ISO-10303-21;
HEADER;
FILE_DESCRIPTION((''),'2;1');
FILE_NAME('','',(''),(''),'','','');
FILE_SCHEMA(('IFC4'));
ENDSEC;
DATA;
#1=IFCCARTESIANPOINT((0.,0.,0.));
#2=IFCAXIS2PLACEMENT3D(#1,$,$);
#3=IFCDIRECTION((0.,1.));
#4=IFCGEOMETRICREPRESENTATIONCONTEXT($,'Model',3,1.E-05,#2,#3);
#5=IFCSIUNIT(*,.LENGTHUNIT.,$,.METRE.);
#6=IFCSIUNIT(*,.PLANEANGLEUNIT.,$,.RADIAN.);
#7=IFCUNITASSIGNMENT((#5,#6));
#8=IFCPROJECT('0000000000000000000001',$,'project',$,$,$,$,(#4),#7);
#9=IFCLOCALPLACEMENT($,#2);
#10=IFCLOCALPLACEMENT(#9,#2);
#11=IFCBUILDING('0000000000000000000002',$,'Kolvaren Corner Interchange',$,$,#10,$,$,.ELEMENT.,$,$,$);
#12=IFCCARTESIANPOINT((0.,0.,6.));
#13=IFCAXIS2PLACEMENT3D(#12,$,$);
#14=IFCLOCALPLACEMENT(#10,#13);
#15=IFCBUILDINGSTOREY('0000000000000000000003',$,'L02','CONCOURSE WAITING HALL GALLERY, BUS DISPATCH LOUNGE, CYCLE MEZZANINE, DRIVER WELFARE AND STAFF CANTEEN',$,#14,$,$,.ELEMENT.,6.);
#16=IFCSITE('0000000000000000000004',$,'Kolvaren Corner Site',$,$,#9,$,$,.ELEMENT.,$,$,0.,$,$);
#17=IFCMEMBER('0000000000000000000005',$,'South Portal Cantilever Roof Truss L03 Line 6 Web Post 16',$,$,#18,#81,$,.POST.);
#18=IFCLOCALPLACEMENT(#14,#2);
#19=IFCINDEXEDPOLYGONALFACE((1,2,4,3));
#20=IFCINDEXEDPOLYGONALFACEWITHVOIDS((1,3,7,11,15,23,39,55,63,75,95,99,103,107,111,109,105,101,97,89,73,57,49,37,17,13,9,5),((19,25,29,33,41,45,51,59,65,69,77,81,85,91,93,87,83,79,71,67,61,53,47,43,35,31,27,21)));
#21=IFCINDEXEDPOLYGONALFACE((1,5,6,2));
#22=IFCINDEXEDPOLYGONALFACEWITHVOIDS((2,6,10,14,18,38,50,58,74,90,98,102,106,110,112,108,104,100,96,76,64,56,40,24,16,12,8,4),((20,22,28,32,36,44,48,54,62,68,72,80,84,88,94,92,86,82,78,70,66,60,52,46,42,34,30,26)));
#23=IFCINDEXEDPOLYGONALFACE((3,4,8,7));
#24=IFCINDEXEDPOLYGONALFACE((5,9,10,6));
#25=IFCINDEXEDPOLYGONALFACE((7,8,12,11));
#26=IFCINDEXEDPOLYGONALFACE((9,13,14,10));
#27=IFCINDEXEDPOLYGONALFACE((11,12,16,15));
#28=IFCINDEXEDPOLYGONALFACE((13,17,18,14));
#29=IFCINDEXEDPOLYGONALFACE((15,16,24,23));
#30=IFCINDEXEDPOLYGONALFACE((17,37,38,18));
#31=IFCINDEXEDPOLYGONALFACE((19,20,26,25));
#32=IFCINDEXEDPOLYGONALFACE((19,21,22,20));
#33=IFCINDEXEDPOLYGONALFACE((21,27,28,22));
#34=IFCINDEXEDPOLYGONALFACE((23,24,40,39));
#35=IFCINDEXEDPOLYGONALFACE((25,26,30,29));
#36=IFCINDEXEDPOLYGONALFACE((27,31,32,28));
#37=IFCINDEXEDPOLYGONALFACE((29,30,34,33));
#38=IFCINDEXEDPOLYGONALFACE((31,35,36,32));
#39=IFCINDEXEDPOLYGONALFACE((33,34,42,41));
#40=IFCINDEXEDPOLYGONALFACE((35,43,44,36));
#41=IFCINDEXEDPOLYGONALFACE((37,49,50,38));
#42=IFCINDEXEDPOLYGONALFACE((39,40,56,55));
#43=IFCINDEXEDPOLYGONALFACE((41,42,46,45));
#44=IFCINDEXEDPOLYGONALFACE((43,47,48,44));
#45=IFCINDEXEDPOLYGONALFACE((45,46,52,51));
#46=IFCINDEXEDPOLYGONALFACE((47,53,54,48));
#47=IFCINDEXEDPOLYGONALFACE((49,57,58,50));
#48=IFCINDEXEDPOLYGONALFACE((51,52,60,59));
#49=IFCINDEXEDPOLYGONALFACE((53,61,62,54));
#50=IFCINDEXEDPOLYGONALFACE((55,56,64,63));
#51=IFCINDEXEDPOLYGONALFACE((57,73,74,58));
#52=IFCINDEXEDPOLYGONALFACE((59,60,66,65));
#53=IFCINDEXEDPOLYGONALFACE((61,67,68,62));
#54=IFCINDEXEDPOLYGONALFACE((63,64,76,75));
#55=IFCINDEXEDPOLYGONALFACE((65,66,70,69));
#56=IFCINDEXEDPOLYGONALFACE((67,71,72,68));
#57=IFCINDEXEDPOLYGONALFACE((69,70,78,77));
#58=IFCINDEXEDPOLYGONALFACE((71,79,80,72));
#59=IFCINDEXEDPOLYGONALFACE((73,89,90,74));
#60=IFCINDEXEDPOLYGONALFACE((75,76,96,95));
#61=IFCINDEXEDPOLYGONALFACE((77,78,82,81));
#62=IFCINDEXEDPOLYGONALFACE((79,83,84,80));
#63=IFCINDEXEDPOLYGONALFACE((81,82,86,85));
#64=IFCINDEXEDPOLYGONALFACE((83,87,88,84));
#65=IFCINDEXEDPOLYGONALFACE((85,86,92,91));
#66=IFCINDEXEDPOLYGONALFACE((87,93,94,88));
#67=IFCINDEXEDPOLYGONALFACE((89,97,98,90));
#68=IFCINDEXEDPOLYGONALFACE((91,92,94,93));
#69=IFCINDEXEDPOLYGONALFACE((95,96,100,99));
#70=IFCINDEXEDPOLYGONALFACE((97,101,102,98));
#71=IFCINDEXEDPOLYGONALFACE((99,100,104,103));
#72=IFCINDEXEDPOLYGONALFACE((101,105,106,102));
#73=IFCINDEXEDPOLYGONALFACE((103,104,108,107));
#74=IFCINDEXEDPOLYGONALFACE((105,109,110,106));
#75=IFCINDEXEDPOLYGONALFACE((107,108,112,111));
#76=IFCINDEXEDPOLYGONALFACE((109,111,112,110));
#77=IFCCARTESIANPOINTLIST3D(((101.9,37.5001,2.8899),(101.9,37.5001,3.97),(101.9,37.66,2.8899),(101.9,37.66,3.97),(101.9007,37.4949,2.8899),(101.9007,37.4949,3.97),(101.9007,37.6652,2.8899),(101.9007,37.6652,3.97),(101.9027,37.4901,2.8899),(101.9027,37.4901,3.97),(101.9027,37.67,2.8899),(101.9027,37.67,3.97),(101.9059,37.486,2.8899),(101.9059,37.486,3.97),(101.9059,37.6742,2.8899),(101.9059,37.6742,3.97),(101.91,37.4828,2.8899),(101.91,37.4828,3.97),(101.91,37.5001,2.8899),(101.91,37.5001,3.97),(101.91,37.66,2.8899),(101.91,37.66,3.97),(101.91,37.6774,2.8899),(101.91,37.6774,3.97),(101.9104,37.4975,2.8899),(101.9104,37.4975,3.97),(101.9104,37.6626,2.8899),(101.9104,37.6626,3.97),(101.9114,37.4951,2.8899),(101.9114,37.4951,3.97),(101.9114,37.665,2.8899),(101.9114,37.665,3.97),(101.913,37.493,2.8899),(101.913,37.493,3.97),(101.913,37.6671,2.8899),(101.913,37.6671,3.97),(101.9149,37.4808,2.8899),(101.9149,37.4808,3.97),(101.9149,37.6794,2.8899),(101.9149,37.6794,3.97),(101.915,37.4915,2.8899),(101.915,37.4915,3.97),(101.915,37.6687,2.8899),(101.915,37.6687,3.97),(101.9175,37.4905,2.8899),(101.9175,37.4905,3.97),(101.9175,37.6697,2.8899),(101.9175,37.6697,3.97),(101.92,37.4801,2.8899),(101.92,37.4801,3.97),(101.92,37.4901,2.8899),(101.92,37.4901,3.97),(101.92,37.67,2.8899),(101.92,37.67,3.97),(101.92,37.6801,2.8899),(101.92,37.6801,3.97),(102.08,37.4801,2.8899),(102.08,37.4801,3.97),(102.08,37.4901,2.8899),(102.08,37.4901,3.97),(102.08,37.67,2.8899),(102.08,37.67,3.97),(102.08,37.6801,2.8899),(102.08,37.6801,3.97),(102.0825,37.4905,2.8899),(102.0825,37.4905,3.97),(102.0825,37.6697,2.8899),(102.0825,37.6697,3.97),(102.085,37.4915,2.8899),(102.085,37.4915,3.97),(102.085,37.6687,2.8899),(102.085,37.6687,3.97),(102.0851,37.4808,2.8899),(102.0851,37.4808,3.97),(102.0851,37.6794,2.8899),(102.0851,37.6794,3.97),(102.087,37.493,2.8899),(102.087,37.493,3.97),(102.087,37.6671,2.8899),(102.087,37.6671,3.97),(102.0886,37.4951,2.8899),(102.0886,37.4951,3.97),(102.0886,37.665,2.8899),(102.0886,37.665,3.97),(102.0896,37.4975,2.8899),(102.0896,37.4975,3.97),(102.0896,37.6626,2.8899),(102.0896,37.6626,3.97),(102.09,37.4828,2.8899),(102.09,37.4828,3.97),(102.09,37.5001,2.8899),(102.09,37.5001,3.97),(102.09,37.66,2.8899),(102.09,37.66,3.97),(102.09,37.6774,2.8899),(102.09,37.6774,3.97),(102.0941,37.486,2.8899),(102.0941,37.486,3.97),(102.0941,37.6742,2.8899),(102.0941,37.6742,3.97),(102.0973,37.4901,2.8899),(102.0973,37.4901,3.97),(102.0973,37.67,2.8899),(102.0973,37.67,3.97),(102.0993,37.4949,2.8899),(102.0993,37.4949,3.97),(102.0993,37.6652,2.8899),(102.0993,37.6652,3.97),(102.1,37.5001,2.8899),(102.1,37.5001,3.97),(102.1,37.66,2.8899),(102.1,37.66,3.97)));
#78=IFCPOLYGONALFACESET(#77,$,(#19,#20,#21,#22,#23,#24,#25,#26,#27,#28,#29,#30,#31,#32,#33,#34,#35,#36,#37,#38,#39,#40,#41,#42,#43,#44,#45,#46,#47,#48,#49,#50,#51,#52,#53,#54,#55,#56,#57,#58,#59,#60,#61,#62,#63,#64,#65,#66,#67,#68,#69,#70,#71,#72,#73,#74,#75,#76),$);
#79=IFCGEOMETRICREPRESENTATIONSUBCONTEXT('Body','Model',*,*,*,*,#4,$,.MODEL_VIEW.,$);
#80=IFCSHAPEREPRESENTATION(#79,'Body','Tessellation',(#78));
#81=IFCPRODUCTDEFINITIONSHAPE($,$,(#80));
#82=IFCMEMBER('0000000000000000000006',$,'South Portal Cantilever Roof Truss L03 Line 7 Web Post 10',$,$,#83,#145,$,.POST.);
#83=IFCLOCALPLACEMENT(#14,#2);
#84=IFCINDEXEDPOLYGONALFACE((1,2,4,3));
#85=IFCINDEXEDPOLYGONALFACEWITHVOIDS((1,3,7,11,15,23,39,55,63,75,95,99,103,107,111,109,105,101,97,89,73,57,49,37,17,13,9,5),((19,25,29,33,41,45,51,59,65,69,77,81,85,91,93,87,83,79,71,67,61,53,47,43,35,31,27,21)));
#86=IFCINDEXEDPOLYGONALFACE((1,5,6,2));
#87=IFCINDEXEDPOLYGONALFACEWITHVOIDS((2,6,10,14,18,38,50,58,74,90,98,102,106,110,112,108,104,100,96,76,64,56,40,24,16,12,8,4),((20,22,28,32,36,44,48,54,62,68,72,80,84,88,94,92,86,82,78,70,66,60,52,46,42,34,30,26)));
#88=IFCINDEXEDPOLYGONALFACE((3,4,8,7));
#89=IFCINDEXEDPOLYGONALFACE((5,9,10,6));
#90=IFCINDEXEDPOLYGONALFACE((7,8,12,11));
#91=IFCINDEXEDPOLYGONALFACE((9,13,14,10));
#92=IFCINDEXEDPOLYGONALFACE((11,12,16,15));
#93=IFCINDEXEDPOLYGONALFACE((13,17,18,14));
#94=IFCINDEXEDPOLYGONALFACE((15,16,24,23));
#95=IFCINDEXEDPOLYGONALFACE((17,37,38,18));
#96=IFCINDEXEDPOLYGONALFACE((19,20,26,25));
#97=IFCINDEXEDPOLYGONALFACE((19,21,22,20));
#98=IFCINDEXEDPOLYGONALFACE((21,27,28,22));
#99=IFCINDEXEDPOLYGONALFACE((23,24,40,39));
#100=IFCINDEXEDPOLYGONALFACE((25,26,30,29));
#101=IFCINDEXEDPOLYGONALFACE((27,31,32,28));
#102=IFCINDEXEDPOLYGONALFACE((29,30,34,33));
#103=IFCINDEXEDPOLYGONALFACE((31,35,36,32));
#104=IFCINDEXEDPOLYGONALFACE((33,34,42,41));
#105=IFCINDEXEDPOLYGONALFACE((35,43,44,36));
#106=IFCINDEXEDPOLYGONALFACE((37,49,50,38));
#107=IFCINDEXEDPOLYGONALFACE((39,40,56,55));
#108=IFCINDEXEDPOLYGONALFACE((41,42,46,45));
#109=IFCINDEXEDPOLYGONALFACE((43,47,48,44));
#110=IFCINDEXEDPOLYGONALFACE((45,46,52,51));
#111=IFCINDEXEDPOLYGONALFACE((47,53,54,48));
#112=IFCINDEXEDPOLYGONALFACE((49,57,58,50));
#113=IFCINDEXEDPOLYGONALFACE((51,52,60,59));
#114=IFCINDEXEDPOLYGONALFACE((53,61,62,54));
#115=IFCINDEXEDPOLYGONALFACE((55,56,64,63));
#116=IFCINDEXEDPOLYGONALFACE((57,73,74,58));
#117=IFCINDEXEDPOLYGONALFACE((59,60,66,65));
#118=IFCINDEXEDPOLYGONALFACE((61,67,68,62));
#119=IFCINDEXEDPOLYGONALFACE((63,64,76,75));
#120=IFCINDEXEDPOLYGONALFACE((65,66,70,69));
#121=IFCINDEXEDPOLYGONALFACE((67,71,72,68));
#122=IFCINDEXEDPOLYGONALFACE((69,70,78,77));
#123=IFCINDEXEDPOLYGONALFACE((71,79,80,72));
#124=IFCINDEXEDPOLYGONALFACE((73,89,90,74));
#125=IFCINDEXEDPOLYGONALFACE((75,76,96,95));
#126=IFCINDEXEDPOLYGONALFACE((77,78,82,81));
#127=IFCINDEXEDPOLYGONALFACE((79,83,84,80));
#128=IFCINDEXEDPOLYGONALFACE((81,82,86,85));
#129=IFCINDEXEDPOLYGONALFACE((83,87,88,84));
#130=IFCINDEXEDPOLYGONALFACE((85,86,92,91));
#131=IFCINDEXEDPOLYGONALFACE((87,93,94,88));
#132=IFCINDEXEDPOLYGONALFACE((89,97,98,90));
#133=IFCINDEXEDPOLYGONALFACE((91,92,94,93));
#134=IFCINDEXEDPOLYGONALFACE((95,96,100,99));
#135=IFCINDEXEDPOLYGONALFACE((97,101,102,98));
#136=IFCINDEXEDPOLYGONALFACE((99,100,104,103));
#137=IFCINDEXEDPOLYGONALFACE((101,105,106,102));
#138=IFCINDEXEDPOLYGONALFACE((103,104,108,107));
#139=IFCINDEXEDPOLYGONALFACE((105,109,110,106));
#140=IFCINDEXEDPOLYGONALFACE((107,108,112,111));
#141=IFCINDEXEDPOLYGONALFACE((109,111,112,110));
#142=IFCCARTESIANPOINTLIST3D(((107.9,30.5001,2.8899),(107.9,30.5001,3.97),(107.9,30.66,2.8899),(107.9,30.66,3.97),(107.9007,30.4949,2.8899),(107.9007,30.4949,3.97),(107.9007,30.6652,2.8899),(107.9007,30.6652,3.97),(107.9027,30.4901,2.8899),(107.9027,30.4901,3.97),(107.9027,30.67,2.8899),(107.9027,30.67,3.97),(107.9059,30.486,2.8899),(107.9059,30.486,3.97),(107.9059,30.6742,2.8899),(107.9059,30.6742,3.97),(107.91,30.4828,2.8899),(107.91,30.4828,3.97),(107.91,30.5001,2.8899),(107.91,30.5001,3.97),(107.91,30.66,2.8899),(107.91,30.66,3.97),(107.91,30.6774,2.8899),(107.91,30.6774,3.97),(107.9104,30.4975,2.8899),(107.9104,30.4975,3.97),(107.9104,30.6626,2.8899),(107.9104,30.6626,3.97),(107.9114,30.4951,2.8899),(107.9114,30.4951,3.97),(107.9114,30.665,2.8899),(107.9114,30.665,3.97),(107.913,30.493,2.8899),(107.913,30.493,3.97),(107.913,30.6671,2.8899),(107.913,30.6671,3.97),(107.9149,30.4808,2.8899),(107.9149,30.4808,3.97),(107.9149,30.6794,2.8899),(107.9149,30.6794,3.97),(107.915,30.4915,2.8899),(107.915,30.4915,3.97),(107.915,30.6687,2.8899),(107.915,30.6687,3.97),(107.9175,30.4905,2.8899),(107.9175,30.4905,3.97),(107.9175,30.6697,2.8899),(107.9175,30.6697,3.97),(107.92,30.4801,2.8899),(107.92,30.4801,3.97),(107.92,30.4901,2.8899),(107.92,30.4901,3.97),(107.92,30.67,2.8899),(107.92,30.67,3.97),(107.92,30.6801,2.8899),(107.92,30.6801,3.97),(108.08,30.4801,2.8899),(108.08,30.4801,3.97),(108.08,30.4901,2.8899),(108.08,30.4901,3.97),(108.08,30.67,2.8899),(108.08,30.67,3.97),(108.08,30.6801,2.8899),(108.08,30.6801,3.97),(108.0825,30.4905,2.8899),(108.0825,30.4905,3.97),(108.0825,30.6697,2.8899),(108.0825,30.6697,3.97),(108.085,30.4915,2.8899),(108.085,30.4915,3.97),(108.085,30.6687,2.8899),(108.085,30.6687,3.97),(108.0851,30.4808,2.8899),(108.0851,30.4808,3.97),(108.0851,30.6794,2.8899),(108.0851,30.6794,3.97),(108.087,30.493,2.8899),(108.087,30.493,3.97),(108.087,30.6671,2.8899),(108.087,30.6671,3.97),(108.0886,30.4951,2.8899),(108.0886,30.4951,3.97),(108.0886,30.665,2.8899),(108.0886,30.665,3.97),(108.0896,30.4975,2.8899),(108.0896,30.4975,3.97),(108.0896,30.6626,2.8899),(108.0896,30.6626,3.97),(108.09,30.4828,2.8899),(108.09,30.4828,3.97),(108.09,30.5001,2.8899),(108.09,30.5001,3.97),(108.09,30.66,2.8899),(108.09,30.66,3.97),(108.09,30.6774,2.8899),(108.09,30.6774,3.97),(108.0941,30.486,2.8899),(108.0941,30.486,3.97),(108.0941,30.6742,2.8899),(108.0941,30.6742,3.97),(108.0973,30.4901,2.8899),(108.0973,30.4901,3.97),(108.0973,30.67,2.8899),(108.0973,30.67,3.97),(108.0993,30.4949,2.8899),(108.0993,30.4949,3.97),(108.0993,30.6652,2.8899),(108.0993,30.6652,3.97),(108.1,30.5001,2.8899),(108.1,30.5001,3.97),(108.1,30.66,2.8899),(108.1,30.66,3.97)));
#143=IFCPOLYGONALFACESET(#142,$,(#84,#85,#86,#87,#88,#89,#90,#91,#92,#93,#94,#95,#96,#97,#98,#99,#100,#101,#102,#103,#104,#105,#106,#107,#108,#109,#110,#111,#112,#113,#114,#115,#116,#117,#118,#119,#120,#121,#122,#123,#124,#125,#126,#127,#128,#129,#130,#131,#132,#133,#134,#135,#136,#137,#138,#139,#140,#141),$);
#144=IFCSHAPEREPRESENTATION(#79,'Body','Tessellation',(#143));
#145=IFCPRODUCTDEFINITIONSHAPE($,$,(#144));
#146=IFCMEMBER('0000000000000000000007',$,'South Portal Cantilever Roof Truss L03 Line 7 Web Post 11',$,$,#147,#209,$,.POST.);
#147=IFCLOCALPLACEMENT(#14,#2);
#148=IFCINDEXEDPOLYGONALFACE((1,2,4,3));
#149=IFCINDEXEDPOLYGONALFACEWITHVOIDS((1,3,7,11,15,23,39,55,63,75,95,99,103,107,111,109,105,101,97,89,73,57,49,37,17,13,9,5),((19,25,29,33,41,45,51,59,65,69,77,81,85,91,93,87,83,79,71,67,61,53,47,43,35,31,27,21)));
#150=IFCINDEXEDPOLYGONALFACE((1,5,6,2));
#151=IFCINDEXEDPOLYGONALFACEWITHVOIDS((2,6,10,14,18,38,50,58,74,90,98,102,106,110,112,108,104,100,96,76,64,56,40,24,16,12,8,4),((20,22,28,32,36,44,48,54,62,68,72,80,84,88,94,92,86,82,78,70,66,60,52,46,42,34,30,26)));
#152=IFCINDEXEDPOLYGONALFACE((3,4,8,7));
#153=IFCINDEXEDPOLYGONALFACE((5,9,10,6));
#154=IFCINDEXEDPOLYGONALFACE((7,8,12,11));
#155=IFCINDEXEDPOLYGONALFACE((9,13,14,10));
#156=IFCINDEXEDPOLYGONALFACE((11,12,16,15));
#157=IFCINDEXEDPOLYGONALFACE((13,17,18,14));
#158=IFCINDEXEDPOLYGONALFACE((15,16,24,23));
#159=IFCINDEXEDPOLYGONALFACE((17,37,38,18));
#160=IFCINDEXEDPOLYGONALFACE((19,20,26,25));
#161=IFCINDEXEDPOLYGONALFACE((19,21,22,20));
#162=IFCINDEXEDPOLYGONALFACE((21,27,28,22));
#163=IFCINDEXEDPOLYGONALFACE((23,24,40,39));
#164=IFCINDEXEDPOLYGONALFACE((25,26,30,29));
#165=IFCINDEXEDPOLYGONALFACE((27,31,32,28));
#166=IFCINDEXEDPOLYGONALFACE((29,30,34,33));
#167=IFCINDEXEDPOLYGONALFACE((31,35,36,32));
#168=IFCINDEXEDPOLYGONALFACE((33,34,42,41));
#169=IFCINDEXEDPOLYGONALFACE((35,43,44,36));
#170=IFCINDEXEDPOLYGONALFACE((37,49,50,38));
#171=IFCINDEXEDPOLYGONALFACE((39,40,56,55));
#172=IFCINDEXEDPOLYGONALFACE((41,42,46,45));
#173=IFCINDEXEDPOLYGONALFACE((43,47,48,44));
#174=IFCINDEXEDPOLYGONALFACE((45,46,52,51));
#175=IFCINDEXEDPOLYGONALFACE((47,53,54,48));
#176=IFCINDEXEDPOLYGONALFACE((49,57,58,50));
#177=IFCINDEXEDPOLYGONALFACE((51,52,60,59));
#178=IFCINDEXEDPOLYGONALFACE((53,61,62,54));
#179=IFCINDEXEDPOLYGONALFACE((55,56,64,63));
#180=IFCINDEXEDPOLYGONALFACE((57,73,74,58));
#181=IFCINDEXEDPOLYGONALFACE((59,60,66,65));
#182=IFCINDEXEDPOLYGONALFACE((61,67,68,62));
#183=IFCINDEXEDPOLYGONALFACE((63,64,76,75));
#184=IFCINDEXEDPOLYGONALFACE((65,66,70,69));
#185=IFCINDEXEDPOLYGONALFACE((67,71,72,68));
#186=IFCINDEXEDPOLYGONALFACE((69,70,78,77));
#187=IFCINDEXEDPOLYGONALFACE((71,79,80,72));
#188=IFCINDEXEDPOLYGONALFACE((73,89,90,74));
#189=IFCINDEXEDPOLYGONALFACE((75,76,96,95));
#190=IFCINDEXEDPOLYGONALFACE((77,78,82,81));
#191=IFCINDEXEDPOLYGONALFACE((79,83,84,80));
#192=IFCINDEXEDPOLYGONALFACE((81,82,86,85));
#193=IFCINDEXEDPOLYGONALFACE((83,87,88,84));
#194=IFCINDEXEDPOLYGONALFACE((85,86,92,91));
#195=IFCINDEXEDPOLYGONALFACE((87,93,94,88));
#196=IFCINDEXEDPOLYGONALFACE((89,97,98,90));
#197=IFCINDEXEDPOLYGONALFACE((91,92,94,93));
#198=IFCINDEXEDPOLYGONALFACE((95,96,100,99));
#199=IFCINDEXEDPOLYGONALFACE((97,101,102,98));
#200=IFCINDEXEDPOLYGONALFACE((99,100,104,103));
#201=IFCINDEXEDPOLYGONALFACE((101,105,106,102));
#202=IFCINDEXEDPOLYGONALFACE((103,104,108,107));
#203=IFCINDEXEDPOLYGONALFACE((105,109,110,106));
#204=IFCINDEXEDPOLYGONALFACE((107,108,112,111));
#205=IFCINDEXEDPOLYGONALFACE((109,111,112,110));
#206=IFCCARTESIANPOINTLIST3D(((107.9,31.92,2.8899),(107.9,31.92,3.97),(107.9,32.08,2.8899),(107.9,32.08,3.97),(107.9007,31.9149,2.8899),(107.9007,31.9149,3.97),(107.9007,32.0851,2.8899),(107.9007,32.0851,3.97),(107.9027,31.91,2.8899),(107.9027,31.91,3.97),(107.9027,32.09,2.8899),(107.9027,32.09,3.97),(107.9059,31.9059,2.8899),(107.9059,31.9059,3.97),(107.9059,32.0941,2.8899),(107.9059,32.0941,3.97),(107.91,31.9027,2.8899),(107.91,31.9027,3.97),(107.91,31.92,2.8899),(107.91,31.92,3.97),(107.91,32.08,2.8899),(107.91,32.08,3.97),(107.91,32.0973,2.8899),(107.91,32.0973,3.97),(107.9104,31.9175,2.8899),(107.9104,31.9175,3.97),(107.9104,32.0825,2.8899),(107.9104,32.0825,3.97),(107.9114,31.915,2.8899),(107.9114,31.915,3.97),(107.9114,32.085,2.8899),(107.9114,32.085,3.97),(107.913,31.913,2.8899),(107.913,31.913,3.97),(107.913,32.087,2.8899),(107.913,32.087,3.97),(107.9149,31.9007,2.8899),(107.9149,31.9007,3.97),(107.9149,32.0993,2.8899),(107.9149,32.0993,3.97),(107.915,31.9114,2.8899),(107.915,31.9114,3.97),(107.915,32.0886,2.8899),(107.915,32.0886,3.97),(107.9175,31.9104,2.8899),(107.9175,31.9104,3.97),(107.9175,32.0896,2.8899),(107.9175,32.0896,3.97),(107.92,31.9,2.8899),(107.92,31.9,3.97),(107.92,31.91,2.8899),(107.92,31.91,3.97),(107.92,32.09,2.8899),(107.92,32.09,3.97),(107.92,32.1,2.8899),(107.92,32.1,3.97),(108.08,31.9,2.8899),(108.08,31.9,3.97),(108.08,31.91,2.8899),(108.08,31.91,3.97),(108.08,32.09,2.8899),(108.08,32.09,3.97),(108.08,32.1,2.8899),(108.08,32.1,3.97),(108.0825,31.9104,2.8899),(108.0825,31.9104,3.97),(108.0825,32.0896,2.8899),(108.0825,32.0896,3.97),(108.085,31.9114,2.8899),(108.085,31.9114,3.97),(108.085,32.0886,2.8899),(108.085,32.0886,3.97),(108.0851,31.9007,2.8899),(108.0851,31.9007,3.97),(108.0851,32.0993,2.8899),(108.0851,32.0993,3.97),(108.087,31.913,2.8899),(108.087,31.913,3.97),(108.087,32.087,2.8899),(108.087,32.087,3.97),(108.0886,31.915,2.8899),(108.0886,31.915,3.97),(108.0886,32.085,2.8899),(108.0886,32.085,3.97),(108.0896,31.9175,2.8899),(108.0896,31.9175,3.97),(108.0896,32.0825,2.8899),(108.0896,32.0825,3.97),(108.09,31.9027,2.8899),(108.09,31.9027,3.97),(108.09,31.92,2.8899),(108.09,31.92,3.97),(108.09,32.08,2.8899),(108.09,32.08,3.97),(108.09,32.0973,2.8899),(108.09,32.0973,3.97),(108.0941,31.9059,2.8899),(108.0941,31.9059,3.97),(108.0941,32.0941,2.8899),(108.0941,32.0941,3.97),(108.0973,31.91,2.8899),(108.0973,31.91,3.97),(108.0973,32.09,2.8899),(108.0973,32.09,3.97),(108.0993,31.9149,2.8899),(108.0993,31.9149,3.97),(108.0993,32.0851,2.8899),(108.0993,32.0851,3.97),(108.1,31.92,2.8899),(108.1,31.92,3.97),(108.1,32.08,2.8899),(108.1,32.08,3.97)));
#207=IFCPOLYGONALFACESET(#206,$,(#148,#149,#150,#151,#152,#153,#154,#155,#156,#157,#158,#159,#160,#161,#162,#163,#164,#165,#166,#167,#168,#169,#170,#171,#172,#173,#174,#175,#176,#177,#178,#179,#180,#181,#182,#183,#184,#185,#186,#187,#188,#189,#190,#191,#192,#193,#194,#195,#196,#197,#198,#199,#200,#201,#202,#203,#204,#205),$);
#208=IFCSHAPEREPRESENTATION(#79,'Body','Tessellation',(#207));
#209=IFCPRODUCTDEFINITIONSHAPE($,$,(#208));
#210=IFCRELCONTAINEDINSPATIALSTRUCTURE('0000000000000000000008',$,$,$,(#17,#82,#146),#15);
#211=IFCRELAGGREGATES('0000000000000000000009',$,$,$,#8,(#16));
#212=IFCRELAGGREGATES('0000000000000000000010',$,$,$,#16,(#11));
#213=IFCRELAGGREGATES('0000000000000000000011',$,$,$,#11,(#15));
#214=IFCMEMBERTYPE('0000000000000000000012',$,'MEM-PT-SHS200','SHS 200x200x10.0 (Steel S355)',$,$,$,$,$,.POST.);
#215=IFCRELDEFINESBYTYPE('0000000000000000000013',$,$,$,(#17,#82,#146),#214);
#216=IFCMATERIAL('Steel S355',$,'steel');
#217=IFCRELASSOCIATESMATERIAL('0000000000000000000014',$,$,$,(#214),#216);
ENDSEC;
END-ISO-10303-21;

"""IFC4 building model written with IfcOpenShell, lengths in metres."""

from ifc_helpers import new_model, si_unit, direction, frame, origin, origin_2d, place, context, subcontext, project, spatial, hollow_rectangle, extrude, material, material_profile, profile_set, type_object, element, save


model = new_model("IFC4")

# Units and contexts
model_context = context("Model", 3, precision=1e-05, world=origin(), true_north=direction((0.0, 1.0)))
body_context = subcontext(model_context, "Body", "Model", "MODEL_VIEW")
ifc_project = project(units=[si_unit("LENGTHUNIT", "METRE"), si_unit("PLANEANGLEUNIT", "RADIAN")], contexts=[model_context])

# Site, building, storey
site_placement = place(None, origin())
site = spatial("IfcSite", under=ifc_project, at=site_placement, Name="Kolvaren Corner Site", CompositionType="ELEMENT", RefElevation=0.0)
building_placement = place(site_placement, origin())
building = spatial("IfcBuilding", under=site, at=building_placement, Name="Kolvaren Corner Interchange", CompositionType="ELEMENT")
storey_placement = place(building_placement, frame((0.0, 0.0, 6.0)))
storey = spatial("IfcBuildingStorey", under=building, at=storey_placement, Name="L02", Description="CONCOURSE WAITING HALL GALLERY, BUS DISPATCH LOUNGE, CYCLE MEZZANINE, DRIVER WELFARE AND STAFF CANTEEN", CompositionType="ELEMENT", Elevation=6.0)

# Members
ifc_material_1 = material(Name="Steel S355", Category="steel")
ifc_material_profile_1 = material_profile(ifc_material_1, hollow_rectangle(XDim=0.2, YDim=0.2, WallThickness=0.01, InnerFilletRadius=0.01, OuterFilletRadius=0.02, at=origin_2d()), Name="SHS 200x200x10.0")
ifc_profile_set_1 = profile_set([ifc_material_profile_1], Name="Steel S355")
member_type_1 = type_object("IfcMemberType", Name="MEM-PT-SHS200", Description="SHS 200x200x10.0 (Steel S355)", PredefinedType="POST", material=ifc_profile_set_1)
for number, where, z_axis, x_axis, name in (
    (1, (102.0, 37.5801, 2.8899), (0.0, 0.0, 1.0), (1.0, 0.0, 0.0), "South Portal Cantilever Roof Truss L03 Line 6 Web Post 16"),
    (2, (108.0, 30.5801, 2.8899), (0.0, 0.0, 1.0), (1.0, 0.0, 0.0), "South Portal Cantilever Roof Truss L03 Line 7 Web Post 10"),
    (3, (108.0, 32.0, 2.8899), (0.0, 0.0, 1.0), (1.0, 0.0, 0.0), "South Portal Cantilever Roof Truss L03 Line 7 Web Post 11"),
):
    element("IfcMember", number, at=place(storey_placement, frame(where, z_axis=z_axis, x_axis=x_axis)), inside=storey, type_object=member_type_1, Name=name, PredefinedType="POST", context=body_context, shape_type="SweptSolid", body=[
        extrude(hollow_rectangle(XDim=0.2, YDim=0.2, WallThickness=0.01, InnerFilletRadius=0.01, OuterFilletRadius=0.02, at=origin_2d()), origin(), (0.0, 0.0, 1.0), 1.0801),
    ])

save(model, "model.ifc")
